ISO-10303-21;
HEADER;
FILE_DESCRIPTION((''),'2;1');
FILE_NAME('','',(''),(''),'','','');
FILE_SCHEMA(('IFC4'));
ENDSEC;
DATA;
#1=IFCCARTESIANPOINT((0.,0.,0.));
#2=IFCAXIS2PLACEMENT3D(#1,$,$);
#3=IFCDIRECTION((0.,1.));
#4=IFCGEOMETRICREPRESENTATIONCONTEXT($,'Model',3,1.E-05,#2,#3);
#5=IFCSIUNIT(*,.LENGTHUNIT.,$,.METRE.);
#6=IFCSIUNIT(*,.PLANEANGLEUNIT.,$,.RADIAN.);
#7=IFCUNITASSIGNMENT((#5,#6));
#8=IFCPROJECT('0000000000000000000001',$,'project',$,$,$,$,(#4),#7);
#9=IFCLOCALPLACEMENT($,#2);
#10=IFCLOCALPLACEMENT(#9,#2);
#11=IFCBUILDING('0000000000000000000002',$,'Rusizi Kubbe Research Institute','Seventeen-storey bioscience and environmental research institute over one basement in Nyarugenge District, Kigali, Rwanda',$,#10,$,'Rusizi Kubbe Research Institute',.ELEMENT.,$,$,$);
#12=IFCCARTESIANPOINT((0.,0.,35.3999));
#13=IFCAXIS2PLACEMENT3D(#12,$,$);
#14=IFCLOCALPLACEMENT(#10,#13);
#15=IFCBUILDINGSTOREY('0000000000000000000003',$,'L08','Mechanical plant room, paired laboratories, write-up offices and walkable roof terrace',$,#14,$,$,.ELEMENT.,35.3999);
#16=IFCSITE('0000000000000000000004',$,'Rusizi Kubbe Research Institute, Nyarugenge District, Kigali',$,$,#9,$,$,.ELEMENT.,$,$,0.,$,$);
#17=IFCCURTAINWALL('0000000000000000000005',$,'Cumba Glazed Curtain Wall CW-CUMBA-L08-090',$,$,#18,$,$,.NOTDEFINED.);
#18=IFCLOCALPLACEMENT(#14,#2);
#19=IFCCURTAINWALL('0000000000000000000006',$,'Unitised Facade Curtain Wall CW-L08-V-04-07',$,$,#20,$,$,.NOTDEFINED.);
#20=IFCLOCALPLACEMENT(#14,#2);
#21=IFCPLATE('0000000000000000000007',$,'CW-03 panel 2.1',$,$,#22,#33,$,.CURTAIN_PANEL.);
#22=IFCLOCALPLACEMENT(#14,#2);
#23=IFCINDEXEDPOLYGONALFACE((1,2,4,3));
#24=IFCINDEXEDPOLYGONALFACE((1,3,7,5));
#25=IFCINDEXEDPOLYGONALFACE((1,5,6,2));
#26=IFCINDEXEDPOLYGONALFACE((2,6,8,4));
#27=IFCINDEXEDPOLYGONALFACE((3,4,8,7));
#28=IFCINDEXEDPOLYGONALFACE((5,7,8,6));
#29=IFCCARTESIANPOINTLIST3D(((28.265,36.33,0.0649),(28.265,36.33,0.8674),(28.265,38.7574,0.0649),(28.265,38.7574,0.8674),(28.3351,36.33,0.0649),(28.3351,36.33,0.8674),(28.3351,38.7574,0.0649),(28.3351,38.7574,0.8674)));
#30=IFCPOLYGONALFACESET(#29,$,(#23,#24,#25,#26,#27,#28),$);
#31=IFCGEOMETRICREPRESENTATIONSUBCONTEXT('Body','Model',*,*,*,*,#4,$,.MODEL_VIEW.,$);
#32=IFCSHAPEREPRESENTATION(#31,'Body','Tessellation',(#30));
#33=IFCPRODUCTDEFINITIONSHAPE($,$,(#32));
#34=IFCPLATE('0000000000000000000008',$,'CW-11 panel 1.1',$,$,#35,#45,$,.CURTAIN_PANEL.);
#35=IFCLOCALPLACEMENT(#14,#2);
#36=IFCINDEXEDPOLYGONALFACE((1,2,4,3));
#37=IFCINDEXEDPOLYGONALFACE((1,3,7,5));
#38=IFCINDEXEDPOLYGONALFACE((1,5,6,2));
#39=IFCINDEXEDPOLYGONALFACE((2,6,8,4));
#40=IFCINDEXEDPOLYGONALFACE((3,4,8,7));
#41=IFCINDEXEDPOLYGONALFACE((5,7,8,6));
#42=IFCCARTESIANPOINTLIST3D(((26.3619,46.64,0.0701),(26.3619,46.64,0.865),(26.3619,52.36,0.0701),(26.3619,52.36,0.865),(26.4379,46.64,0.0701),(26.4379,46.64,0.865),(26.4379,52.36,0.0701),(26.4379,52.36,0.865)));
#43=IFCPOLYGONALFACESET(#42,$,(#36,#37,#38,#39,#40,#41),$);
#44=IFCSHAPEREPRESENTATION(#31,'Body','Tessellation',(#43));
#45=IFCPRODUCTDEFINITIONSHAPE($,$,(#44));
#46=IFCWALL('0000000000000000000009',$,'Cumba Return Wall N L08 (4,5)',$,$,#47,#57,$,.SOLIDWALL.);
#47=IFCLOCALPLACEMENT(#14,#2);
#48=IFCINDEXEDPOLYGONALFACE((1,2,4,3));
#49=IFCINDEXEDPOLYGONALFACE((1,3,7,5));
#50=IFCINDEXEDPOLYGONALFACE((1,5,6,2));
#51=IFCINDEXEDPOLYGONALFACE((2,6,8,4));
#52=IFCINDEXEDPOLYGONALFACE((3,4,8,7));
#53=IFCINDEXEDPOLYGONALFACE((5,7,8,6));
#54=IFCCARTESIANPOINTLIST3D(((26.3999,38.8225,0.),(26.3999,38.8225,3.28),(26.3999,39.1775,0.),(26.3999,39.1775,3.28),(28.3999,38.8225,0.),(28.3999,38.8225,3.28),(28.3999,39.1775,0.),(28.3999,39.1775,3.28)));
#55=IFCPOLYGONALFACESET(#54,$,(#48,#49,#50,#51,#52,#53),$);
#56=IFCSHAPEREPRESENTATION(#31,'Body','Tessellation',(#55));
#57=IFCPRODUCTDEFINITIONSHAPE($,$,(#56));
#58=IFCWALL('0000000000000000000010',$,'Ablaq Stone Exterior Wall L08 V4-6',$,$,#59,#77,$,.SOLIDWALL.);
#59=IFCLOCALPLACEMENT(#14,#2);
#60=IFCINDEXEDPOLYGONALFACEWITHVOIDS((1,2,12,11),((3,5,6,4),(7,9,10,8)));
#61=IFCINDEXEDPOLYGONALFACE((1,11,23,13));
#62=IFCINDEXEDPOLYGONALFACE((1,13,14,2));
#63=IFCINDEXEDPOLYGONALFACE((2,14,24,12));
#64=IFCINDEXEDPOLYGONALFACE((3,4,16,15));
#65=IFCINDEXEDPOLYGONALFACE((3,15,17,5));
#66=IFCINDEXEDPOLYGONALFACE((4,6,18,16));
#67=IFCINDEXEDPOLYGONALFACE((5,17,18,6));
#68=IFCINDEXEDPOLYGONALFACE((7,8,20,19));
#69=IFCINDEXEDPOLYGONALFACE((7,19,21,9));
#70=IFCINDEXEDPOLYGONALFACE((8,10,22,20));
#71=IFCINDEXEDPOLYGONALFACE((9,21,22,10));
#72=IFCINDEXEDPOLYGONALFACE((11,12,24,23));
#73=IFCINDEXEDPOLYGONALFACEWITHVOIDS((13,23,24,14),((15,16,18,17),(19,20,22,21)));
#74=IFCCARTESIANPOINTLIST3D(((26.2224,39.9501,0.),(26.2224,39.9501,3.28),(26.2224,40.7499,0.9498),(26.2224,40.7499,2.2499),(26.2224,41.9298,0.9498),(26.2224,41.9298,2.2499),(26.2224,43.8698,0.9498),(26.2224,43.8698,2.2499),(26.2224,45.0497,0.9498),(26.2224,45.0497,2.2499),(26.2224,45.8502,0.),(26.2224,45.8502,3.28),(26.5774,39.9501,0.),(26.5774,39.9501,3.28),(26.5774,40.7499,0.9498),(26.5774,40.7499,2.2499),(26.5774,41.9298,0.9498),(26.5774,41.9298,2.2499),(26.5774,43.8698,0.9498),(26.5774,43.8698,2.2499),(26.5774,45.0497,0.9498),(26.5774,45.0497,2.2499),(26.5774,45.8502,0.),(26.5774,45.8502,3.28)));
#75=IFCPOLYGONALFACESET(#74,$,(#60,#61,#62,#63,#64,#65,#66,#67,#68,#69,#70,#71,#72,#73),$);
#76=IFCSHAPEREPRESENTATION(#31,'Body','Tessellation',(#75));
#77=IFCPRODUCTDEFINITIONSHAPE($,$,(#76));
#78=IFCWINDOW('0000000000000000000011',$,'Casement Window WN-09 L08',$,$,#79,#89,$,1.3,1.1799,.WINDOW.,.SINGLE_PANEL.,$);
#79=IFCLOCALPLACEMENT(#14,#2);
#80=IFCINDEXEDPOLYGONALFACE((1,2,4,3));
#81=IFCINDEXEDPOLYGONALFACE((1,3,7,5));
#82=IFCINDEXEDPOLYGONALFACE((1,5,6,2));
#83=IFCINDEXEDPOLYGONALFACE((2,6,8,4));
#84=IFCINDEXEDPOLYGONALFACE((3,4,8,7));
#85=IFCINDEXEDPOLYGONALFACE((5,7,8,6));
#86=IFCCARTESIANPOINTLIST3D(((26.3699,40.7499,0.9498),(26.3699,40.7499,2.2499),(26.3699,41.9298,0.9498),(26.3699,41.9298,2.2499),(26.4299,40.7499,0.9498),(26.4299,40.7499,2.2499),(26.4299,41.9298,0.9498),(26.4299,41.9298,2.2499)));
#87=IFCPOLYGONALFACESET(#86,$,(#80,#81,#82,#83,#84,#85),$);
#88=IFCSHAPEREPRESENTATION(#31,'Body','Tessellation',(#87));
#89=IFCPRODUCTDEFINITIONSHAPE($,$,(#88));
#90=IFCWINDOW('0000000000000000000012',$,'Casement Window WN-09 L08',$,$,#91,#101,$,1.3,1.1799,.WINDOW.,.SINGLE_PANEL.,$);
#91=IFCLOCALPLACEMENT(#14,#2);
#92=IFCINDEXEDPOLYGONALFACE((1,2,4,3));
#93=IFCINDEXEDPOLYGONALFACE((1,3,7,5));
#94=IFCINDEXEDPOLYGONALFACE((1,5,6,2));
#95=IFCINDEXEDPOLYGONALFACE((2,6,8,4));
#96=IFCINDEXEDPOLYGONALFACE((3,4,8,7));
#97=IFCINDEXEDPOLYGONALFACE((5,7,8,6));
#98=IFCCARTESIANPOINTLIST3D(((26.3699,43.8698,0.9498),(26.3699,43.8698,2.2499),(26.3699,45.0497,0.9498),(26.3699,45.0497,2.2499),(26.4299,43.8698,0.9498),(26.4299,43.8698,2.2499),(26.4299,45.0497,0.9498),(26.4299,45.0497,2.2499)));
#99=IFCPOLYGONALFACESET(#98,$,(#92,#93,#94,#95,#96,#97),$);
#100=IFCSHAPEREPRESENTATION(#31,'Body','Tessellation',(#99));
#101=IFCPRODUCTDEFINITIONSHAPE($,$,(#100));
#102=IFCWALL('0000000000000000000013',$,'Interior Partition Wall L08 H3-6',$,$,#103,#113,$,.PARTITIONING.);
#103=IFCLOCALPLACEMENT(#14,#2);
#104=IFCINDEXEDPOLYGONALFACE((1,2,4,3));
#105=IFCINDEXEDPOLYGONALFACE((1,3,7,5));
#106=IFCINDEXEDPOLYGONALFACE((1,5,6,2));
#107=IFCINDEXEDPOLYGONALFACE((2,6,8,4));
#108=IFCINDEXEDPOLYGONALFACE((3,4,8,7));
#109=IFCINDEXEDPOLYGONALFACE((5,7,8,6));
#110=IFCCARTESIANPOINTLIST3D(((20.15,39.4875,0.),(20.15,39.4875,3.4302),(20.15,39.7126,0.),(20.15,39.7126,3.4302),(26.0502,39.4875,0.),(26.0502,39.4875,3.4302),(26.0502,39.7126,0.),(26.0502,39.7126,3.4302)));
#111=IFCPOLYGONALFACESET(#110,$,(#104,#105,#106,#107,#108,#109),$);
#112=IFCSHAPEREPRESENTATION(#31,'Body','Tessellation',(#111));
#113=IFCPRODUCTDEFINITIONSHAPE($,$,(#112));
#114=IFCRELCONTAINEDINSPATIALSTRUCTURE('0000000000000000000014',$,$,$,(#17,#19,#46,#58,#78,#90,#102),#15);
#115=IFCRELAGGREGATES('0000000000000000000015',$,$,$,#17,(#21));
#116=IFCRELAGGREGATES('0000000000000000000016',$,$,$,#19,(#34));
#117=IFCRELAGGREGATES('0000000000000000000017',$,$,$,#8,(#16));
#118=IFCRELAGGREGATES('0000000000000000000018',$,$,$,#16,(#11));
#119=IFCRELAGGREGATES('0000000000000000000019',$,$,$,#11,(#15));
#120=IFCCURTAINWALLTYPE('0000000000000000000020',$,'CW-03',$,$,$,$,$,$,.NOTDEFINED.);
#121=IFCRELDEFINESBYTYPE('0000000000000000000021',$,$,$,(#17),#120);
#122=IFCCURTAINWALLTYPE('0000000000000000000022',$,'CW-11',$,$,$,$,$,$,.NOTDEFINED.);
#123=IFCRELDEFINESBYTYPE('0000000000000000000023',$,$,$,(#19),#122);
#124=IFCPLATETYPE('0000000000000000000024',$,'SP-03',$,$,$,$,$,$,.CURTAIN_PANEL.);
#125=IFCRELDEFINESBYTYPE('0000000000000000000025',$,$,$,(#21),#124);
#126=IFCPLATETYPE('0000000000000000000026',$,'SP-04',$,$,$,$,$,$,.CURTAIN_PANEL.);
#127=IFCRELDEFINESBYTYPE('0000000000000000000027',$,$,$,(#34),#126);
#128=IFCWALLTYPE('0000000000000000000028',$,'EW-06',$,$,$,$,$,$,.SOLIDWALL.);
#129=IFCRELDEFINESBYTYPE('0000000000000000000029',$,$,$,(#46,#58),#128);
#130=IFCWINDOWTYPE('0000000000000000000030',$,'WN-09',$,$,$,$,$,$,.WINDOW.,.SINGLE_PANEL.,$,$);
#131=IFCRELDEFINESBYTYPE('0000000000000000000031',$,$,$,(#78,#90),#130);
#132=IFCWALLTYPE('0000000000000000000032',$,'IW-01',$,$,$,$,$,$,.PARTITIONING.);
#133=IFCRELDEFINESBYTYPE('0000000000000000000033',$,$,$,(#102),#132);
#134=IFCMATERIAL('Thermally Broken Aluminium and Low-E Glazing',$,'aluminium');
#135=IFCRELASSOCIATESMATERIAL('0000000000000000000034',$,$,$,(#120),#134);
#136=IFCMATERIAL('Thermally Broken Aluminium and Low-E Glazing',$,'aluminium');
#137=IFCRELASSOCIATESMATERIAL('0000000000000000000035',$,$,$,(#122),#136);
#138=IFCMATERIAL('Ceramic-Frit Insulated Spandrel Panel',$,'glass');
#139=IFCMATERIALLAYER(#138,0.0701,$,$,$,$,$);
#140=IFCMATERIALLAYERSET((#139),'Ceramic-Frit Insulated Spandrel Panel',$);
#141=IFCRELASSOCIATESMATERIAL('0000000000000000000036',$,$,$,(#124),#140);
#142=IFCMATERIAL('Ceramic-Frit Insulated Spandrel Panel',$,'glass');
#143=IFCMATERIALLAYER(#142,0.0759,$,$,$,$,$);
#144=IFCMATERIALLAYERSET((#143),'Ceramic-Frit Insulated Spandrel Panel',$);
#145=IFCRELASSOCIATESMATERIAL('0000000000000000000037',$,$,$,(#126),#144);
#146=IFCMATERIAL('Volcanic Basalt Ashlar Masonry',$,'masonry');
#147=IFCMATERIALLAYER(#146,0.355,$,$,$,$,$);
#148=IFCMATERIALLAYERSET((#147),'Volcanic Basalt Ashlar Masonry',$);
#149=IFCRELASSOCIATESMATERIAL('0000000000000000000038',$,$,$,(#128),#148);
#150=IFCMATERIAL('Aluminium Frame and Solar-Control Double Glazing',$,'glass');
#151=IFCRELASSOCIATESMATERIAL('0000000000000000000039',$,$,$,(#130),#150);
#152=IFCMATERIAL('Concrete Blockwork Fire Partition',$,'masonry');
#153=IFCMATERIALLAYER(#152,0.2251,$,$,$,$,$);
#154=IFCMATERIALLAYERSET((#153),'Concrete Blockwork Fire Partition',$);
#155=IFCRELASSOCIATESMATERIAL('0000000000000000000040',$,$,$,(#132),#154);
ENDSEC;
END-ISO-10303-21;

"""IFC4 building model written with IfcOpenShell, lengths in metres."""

from ifc_helpers import new_model, si_unit, direction, frame, frame_2d, origin, origin_2d, place, context, subcontext, project, spatial, rectangle, extrude, material, layer, layer_set, type_object, element, fill, aggregate, save


model = new_model("IFC4")

# Units and contexts
model_context = context("Model", 3, precision=1e-05, world=origin(), true_north=direction((0.0, 1.0)))
body_context = subcontext(model_context, "Body", "Model", "MODEL_VIEW")
ifc_project = project(units=[si_unit("LENGTHUNIT", "METRE"), si_unit("PLANEANGLEUNIT", "RADIAN")], contexts=[model_context])

# Site, building, storey
site_placement = place(None, origin())
site = spatial("IfcSite", under=ifc_project, at=site_placement, Name="Rusizi Kubbe Research Institute, Nyarugenge District, Kigali", CompositionType="ELEMENT", RefElevation=0.0)
building_placement = place(site_placement, origin())
building = spatial("IfcBuilding", under=site, at=building_placement, Name="Rusizi Kubbe Research Institute", Description="Seventeen-storey bioscience and environmental research institute over one basement in Nyarugenge District, Kigali, Rwanda", LongName="Rusizi Kubbe Research Institute", CompositionType="ELEMENT")
storey_placement = place(building_placement, frame((0.0, 0.0, 35.3999)))
storey = spatial("IfcBuildingStorey", under=building, at=storey_placement, Name="L08", Description="Mechanical plant room, paired laboratories, write-up offices and walkable roof terrace", CompositionType="ELEMENT", Elevation=35.3999)

# Curtain wall
ifc_material_1 = material(Name="Thermally Broken Aluminium and Low-E Glazing", Category="aluminium")
curtain_wall_type_1 = type_object("IfcCurtainWallType", Name="CW-03", PredefinedType="NOTDEFINED", material=ifc_material_1)
curtain_wall_1_placement = place(storey_placement, origin())
curtain_wall_1 = element("IfcCurtainWall", 1, at=curtain_wall_1_placement, inside=storey, type_object=curtain_wall_type_1, Name="Cumba Glazed Curtain Wall CW-CUMBA-L08-090", PredefinedType="NOTDEFINED")

# Curtain wall
ifc_material_2 = material(Name="Thermally Broken Aluminium and Low-E Glazing", Category="aluminium")
curtain_wall_type_2 = type_object("IfcCurtainWallType", Name="CW-11", PredefinedType="NOTDEFINED", material=ifc_material_2)
curtain_wall_2_placement = place(storey_placement, origin())
curtain_wall_2 = element("IfcCurtainWall", 2, at=curtain_wall_2_placement, inside=storey, type_object=curtain_wall_type_2, Name="Unitised Facade Curtain Wall CW-L08-V-04-07", PredefinedType="NOTDEFINED")

# Plates
ifc_material_3 = material(Name="Ceramic-Frit Insulated Spandrel Panel", Category="glass")
ifc_layer_1 = layer(ifc_material_3, 0.0701)
ifc_layer_set_1 = layer_set([ifc_layer_1], Name="Ceramic-Frit Insulated Spandrel Panel")
plate_type_1 = type_object("IfcPlateType", Name="SP-03", PredefinedType="CURTAIN_PANEL", material=ifc_layer_set_1)
plate_1_placement = place(storey_placement, frame((28.3, 37.5437, 0.0649), z_axis=(0.0, 0.0, 1.0), x_axis=(0.0, 1.0, 0.0)))
plate_1 = element("IfcPlate", 3, at=plate_1_placement, type_object=plate_type_1, Name="CW-03 panel 2.1", PredefinedType="CURTAIN_PANEL", context=body_context, shape_type="SweptSolid", body=[
    extrude(rectangle(XDim=2.4275, YDim=0.0701, at=origin_2d()), origin(), (0.0, 0.0, 1.0), 0.8025),
])
aggregate(curtain_wall_1, [plate_1])
ifc_material_4 = material(Name="Ceramic-Frit Insulated Spandrel Panel", Category="glass")
ifc_layer_2 = layer(ifc_material_4, 0.0759)
ifc_layer_set_2 = layer_set([ifc_layer_2], Name="Ceramic-Frit Insulated Spandrel Panel")
plate_type_2 = type_object("IfcPlateType", Name="SP-04", PredefinedType="CURTAIN_PANEL", material=ifc_layer_set_2)
plate_2_placement = place(storey_placement, frame((26.3999, 49.5, 0.0701), z_axis=(0.0, 0.0, 1.0), x_axis=(0.0, 1.0, 0.0)))
plate_2 = element("IfcPlate", 4, at=plate_2_placement, type_object=plate_type_2, Name="CW-11 panel 1.1", PredefinedType="CURTAIN_PANEL", context=body_context, shape_type="SweptSolid", body=[
    extrude(rectangle(XDim=5.72, YDim=0.0759, at=origin_2d()), origin(), (0.0, 0.0, 1.0), 0.7949),
])
aggregate(curtain_wall_2, [plate_2])

# Wall
ifc_material_5 = material(Name="Volcanic Basalt Ashlar Masonry", Category="masonry")
ifc_layer_3 = layer(ifc_material_5, 0.355)
ifc_layer_set_3 = layer_set([ifc_layer_3], Name="Volcanic Basalt Ashlar Masonry")
wall_type_1 = type_object("IfcWallType", Name="EW-06", PredefinedType="SOLIDWALL", material=ifc_layer_set_3)
wall_1_placement = place(storey_placement, frame((26.3999, 39.0, 0.0), z_axis=(0.0, 0.0, 1.0), x_axis=(1.0, 0.0, 0.0)))
element("IfcWall", 5, at=wall_1_placement, inside=storey, type_object=wall_type_1, Name="Cumba Return Wall N L08 (4,5)", PredefinedType="SOLIDWALL", context=body_context, shape_type="SweptSolid", body=[
    extrude(rectangle(XDim=2.0, YDim=0.355, at=frame_2d((1.0, 0.0))), origin(), (0.0, 0.0, 1.0), 3.28),
])

# Wall, openings, windows
wall_2_placement = place(storey_placement, frame((26.3999, 39.95, 0.0), z_axis=(0.0, 0.0, 1.0), x_axis=(0.0, 1.0, 0.0)))
wall_2 = element("IfcWall", 6, at=wall_2_placement, inside=storey, type_object=wall_type_1, Name="Ablaq Stone Exterior Wall L08 V4-6", PredefinedType="SOLIDWALL", context=body_context, shape_type="SweptSolid", body=[
    extrude(rectangle(XDim=5.9001, YDim=0.355, at=frame_2d((2.9502, 0.0))), origin(), (0.0, 0.0, 1.0), 3.28),
])
opening_1_placement = place(wall_2_placement, frame((0.8, 0.0, 0.95)))
opening_1 = element("IfcOpeningElement", 7, at=opening_1_placement, cuts=wall_2, PredefinedType="OPENING", context=body_context, shape_type="SweptSolid", body=[
    extrude(rectangle(XDim=1.1799, YDim=1.3, at=frame_2d((0.5898, 0.6499))), frame((0.0, 0.1875, 0.0), z_axis=(0.0, -1.0, 0.0), x_axis=(1.0, 0.0, 0.0)), (0.0, 0.0, 1.0), 0.375),
])
opening_2_placement = place(wall_2_placement, frame((3.9199, 0.0, 0.95)))
opening_2 = element("IfcOpeningElement", 8, at=opening_2_placement, cuts=wall_2, PredefinedType="OPENING", context=body_context, shape_type="SweptSolid", body=[
    extrude(rectangle(XDim=1.1799, YDim=1.3, at=frame_2d((0.5898, 0.6499))), frame((0.0, 0.1875, 0.0), z_axis=(0.0, -1.0, 0.0), x_axis=(1.0, 0.0, 0.0)), (0.0, 0.0, 1.0), 0.375),
])
ifc_material_6 = material(Name="Aluminium Frame and Solar-Control Double Glazing", Category="glass")
window_type = type_object("IfcWindowType", Name="WN-09", PartitioningType="SINGLE_PANEL", PredefinedType="WINDOW", material=ifc_material_6)
window_1_placement = place(opening_1_placement, origin())
window_1 = element("IfcWindow", 9, at=window_1_placement, inside=storey, type_object=window_type, Name="Casement Window WN-09 L08", OverallHeight=1.3, OverallWidth=1.1799, PartitioningType="SINGLE_PANEL", PredefinedType="WINDOW", context=body_context, shape_type="SweptSolid", body=[
    extrude(rectangle(XDim=1.1799, YDim=1.3, at=frame_2d((0.5898, 0.6499))), frame((0.0, 0.03, 0.0), z_axis=(0.0, -1.0, 0.0), x_axis=(1.0, 0.0, 0.0)), (0.0, 0.0, 1.0), 0.0601),
])
fill(opening_1, window_1)
window_2_placement = place(opening_2_placement, origin())
window_2 = element("IfcWindow", 10, at=window_2_placement, inside=storey, type_object=window_type, Name="Casement Window WN-09 L08", OverallHeight=1.3, OverallWidth=1.1799, PartitioningType="SINGLE_PANEL", PredefinedType="WINDOW", context=body_context, shape_type="SweptSolid", body=[
    extrude(rectangle(XDim=1.1799, YDim=1.3, at=frame_2d((0.5898, 0.6499))), frame((0.0, 0.03, 0.0), z_axis=(0.0, -1.0, 0.0), x_axis=(1.0, 0.0, 0.0)), (0.0, 0.0, 1.0), 0.0601),
])
fill(opening_2, window_2)

# Wall
ifc_material_7 = material(Name="Concrete Blockwork Fire Partition", Category="masonry")
ifc_layer_4 = layer(ifc_material_7, 0.2251)
ifc_layer_set_4 = layer_set([ifc_layer_4], Name="Concrete Blockwork Fire Partition")
wall_type_2 = type_object("IfcWallType", Name="IW-01", PredefinedType="PARTITIONING", material=ifc_layer_set_4)
wall_3_placement = place(storey_placement, frame((20.1499, 39.6001, 0.0), z_axis=(0.0, 0.0, 1.0), x_axis=(1.0, 0.0, 0.0)))
element("IfcWall", 11, at=wall_3_placement, inside=storey, type_object=wall_type_2, Name="Interior Partition Wall L08 H3-6", PredefinedType="PARTITIONING", context=body_context, shape_type="SweptSolid", body=[
    extrude(rectangle(XDim=5.9001, YDim=0.2251, at=frame_2d((2.9502, 0.0))), origin(), (0.0, 0.0, 1.0), 3.4302),
])

save(model, "model.ifc")
